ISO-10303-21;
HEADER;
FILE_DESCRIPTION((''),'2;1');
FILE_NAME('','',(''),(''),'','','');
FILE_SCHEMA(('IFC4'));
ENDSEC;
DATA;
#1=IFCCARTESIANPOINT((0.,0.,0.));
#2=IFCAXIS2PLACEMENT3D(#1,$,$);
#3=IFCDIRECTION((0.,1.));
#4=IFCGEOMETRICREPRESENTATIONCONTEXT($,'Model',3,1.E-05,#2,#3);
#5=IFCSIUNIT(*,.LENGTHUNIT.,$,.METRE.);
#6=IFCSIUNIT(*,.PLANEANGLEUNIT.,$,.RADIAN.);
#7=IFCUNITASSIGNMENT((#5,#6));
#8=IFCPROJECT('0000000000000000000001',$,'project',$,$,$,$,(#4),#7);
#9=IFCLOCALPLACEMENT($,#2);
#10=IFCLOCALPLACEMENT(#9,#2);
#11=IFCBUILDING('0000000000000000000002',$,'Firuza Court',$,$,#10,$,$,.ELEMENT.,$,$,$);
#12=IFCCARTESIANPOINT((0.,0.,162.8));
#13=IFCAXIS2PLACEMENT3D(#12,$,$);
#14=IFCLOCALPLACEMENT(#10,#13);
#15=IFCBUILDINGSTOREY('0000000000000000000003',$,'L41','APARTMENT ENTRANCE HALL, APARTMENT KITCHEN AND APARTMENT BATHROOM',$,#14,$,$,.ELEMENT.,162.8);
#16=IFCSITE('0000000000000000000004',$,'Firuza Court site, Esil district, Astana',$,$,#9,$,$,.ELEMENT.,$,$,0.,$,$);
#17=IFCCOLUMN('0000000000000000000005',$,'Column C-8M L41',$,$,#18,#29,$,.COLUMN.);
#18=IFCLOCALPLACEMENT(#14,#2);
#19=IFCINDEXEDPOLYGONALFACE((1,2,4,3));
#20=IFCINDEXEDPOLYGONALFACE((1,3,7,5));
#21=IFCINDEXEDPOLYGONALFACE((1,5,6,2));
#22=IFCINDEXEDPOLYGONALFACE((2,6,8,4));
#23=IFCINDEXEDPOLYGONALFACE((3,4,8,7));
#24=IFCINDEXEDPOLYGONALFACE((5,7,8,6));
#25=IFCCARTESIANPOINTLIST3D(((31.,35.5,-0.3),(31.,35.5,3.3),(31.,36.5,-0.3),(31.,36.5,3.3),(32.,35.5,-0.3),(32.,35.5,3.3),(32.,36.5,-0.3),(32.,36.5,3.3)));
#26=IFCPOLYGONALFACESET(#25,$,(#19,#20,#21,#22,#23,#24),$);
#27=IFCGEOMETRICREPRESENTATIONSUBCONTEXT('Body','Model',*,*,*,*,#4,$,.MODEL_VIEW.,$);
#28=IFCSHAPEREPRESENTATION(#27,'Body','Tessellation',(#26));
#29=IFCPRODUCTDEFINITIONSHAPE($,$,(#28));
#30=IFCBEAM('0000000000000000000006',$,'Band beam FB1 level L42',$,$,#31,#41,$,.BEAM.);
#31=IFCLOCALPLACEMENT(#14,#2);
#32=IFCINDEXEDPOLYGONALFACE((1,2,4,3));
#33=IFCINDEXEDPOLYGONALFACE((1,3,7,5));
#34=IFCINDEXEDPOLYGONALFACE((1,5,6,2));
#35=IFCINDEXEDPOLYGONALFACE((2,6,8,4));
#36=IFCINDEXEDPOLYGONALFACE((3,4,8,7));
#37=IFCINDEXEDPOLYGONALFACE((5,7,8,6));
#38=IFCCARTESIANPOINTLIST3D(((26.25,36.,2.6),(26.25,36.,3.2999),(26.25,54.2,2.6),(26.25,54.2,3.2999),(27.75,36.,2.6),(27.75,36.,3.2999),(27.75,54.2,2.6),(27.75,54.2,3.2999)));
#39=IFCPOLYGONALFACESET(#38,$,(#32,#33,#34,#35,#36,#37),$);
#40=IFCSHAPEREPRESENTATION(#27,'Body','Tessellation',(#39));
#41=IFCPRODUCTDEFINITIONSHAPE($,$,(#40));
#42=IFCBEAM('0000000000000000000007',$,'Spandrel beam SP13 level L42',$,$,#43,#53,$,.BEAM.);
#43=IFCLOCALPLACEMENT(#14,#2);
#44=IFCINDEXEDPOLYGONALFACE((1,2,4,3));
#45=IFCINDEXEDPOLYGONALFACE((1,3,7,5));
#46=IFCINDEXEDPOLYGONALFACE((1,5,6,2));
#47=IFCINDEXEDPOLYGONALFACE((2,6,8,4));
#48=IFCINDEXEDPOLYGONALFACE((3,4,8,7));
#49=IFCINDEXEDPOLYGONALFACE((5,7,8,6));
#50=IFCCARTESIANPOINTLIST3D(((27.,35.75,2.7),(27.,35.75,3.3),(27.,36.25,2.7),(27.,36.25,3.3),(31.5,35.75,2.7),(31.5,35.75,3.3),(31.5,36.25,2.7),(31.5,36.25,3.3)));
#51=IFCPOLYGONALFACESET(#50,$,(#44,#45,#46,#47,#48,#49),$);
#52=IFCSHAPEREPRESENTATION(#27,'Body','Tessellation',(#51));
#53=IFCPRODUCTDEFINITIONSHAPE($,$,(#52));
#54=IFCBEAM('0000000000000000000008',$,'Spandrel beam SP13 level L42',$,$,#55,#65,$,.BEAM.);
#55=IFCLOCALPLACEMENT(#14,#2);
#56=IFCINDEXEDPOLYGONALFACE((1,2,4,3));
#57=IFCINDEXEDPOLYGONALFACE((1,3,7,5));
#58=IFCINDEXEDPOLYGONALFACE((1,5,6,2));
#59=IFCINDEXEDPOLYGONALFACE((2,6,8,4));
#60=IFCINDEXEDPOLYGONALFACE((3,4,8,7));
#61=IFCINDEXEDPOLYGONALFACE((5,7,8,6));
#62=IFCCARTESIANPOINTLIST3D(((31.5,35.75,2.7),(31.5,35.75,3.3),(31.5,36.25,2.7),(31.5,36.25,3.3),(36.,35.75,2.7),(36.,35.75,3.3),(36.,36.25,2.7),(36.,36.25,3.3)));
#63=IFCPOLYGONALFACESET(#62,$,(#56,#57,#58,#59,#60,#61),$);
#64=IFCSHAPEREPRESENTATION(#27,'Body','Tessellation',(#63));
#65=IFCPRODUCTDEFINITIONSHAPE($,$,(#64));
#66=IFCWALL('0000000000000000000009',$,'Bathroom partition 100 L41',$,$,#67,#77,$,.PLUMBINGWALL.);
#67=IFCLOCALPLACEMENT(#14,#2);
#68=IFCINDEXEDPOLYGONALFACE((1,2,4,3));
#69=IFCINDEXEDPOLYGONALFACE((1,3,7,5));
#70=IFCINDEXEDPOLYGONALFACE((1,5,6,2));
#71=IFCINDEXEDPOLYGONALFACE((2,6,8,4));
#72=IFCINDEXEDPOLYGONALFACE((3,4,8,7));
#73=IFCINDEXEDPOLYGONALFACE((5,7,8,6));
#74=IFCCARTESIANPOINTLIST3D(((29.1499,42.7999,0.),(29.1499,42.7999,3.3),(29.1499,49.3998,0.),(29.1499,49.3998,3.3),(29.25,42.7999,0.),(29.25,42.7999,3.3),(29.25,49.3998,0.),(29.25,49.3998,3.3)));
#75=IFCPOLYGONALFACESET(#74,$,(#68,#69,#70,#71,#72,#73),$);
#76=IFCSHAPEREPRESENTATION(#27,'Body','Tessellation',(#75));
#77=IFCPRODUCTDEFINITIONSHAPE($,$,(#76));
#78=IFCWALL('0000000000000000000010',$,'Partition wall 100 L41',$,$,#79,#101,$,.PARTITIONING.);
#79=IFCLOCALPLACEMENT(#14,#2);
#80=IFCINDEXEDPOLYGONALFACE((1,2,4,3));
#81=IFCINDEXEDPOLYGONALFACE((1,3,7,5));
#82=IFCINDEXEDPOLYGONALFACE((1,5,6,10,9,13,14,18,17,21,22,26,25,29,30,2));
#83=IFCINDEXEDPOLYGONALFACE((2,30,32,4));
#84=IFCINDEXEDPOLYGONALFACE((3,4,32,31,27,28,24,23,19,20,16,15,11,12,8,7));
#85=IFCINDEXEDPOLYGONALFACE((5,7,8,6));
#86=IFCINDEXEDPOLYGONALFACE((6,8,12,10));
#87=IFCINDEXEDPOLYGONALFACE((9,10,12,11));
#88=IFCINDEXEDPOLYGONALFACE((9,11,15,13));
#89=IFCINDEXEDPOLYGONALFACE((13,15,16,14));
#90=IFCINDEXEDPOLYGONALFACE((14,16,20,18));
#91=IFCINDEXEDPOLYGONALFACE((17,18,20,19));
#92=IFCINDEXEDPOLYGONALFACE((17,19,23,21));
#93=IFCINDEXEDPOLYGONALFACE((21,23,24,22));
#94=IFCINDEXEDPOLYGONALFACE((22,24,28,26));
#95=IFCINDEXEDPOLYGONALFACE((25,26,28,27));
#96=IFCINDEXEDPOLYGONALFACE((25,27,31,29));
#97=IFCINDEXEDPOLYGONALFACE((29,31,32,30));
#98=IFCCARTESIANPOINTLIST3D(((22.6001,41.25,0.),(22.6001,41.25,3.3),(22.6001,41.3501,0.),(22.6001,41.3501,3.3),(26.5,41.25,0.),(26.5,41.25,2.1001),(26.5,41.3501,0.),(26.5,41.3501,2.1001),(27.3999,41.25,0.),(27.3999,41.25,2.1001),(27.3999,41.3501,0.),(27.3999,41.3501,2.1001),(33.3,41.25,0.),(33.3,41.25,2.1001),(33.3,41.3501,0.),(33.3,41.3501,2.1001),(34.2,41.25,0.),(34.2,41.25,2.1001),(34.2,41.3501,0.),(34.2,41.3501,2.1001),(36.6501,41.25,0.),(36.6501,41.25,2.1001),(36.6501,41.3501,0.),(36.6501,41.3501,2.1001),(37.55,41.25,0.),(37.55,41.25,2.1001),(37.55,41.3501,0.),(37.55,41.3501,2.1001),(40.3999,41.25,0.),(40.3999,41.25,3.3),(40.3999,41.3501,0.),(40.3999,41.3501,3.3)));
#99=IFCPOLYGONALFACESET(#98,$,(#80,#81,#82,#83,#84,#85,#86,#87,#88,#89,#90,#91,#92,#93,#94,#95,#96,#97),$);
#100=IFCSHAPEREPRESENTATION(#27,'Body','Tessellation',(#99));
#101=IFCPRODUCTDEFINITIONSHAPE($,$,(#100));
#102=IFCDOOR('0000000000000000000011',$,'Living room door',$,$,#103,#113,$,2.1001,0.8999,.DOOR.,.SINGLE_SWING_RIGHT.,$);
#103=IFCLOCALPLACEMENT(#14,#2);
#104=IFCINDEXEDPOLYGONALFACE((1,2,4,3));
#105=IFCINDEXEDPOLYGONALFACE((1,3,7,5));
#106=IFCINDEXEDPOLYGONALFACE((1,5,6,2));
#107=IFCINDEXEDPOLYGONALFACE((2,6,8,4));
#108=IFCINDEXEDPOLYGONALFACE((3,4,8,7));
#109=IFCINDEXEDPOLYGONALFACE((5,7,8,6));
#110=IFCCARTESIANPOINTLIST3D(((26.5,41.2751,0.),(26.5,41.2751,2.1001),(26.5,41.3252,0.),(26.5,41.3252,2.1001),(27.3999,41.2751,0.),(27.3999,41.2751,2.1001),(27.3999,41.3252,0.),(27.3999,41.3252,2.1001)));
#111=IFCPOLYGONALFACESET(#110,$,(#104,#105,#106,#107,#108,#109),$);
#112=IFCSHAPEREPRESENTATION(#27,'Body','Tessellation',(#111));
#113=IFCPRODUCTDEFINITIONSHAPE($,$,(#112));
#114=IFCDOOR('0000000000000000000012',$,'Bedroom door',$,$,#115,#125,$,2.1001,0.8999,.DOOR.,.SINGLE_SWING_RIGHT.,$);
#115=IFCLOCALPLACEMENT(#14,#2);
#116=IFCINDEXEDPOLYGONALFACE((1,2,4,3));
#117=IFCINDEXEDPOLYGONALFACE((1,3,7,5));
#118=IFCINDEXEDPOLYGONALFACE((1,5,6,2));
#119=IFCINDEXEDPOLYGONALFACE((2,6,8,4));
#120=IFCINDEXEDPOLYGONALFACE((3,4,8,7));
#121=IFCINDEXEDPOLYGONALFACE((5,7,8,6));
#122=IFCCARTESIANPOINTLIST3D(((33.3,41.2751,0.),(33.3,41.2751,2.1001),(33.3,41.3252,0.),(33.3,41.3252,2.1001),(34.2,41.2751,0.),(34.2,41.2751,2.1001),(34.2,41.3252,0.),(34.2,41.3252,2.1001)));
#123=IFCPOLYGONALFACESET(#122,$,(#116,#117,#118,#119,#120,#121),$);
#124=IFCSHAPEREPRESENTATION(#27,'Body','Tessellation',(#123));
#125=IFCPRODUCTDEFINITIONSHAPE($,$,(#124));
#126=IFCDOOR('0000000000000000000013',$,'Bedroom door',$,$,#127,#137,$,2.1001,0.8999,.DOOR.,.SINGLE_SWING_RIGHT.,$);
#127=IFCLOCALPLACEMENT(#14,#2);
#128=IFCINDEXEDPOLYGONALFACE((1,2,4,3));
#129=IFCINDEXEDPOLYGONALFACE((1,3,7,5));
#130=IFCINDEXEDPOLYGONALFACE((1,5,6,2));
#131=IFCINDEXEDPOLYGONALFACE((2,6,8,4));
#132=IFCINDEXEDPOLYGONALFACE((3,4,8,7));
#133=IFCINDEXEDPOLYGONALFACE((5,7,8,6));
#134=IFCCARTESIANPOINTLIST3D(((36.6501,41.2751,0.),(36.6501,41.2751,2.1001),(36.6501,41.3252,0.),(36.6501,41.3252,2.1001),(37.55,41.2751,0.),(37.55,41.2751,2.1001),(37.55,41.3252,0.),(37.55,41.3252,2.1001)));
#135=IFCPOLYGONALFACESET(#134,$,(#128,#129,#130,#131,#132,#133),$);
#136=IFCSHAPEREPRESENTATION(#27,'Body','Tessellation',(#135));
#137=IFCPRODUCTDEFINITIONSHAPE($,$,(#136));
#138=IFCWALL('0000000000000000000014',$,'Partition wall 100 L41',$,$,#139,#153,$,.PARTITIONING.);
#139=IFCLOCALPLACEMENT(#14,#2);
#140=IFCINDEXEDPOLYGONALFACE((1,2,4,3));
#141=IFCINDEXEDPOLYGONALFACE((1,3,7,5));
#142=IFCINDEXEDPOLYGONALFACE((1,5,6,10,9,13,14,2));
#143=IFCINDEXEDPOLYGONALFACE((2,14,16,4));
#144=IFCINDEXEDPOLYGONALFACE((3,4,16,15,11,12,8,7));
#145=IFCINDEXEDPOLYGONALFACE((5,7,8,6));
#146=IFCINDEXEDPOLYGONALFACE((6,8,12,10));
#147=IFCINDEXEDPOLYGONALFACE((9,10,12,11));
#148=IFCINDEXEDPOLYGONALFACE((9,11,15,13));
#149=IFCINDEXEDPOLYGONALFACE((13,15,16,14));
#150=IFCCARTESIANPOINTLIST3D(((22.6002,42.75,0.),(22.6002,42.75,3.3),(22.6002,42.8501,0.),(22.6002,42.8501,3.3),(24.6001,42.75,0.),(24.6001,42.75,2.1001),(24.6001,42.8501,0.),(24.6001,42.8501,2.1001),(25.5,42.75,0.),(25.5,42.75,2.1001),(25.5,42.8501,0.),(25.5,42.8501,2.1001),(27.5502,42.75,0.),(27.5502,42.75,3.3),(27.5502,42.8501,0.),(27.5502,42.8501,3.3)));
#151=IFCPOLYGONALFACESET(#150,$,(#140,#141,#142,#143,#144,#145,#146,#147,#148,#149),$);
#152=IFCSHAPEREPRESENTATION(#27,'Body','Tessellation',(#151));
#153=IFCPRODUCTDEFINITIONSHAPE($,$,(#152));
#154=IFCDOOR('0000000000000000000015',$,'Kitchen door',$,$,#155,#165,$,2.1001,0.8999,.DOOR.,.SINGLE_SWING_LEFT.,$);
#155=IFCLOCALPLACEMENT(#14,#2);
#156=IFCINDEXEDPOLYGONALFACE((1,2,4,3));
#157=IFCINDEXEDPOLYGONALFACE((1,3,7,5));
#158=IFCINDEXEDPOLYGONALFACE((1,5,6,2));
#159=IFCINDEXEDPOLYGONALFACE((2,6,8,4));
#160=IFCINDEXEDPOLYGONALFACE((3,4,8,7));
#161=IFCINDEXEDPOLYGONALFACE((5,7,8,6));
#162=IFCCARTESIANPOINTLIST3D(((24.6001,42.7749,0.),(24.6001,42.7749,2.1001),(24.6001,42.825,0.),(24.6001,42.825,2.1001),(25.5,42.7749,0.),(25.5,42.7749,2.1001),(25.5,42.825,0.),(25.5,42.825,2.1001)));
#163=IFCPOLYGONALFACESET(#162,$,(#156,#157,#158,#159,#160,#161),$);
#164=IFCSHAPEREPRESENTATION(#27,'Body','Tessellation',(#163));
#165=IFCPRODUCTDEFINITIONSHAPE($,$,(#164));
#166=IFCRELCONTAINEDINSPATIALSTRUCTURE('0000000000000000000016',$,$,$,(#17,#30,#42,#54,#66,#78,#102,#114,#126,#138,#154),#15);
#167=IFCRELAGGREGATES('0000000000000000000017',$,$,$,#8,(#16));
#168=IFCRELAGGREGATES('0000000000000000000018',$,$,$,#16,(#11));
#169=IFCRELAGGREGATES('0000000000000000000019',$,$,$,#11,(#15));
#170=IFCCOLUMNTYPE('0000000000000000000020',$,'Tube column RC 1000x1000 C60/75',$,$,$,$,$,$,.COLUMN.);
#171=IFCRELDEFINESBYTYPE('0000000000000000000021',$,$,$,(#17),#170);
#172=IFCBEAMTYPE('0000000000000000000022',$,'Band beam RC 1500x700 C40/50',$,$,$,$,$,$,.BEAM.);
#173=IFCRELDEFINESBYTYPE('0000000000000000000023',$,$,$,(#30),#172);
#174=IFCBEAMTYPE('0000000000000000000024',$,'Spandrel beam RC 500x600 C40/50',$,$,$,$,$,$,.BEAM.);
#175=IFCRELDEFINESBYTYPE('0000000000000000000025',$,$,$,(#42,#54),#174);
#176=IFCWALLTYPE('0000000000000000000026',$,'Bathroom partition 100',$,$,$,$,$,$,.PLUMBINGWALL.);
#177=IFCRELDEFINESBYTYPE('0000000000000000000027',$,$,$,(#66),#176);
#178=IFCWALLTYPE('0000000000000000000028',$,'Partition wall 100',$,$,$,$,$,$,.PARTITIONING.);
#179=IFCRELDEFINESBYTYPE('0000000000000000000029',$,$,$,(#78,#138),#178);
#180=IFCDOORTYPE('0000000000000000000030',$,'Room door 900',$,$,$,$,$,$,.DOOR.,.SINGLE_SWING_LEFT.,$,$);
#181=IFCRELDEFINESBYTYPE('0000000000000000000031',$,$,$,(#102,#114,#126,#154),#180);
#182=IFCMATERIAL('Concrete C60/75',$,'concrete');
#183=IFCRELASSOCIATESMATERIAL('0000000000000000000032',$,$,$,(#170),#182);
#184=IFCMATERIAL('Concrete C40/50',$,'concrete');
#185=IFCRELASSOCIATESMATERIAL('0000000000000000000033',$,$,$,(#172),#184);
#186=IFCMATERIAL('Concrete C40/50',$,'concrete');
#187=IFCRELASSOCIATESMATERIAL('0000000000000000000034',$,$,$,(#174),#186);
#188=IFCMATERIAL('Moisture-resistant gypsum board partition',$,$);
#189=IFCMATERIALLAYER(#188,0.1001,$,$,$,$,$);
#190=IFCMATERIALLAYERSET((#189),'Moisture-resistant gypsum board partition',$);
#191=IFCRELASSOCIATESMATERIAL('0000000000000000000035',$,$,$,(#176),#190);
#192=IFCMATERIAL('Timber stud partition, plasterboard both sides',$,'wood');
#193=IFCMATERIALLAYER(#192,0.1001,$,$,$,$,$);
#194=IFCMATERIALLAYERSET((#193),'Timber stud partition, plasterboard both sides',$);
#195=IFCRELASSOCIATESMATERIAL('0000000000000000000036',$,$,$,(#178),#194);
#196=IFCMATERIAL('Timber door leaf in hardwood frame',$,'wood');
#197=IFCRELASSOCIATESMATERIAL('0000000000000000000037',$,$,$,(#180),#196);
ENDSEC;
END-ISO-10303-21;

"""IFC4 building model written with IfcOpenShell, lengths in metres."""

from ifc_helpers import new_model, si_unit, direction, frame, frame_2d, origin, origin_2d, place, context, subcontext, project, spatial, rectangle, extrude, material, layer, layer_set, material_profile, profile_set, type_object, element, fill, save


model = new_model("IFC4")

# Units and contexts
model_context = context("Model", 3, precision=1e-05, world=origin(), true_north=direction((0.0, 1.0)))
body_context = subcontext(model_context, "Body", "Model", "MODEL_VIEW")
ifc_project = project(units=[si_unit("LENGTHUNIT", "METRE"), si_unit("PLANEANGLEUNIT", "RADIAN")], contexts=[model_context])

# Site, building, storey
site_placement = place(None, origin())
site = spatial("IfcSite", under=ifc_project, at=site_placement, Name="Firuza Court site, Esil district, Astana", CompositionType="ELEMENT", RefElevation=0.0)
building_placement = place(site_placement, origin())
building = spatial("IfcBuilding", under=site, at=building_placement, Name="Firuza Court", CompositionType="ELEMENT")
storey_placement = place(building_placement, frame((0.0, 0.0, 162.8)))
storey = spatial("IfcBuildingStorey", under=building, at=storey_placement, Name="L41", Description="APARTMENT ENTRANCE HALL, APARTMENT KITCHEN AND APARTMENT BATHROOM", CompositionType="ELEMENT", Elevation=162.8)

# Column
ifc_material_1 = material(Name="Concrete C60/75", Category="concrete")
ifc_material_profile_1 = material_profile(ifc_material_1, rectangle(XDim=1.0, YDim=1.0, at=origin_2d()), Name="RC 1000x1000")
ifc_profile_set_1 = profile_set([ifc_material_profile_1], Name="Concrete C60/75")
column_type = type_object("IfcColumnType", Name="Tube column RC 1000x1000 C60/75", PredefinedType="COLUMN", material=ifc_profile_set_1)
column_placement = place(storey_placement, frame((31.5, 36.0, -0.3), z_axis=(0.0, 0.0, 1.0), x_axis=(1.0, 0.0, 0.0)))
element("IfcColumn", 1, at=column_placement, inside=storey, type_object=column_type, Name="Column C-8M L41", PredefinedType="COLUMN", context=body_context, shape_type="SweptSolid", body=[
    extrude(rectangle(XDim=1.0, YDim=1.0, at=origin_2d()), origin(), (0.0, 0.0, 1.0), 3.6001),
])

# Beams
ifc_material_2 = material(Name="Concrete C40/50", Category="concrete")
ifc_material_profile_2 = material_profile(ifc_material_2, rectangle(XDim=1.5, YDim=0.7, at=origin_2d()), Name="RC 1500x700")
ifc_profile_set_2 = profile_set([ifc_material_profile_2], Name="Concrete C40/50")
beam_type_1 = type_object("IfcBeamType", Name="Band beam RC 1500x700 C40/50", PredefinedType="BEAM", material=ifc_profile_set_2)
beam_placement = place(storey_placement, frame((27.0, 36.0, 2.95), z_axis=(0.0, 1.0, 0.0), x_axis=(-1.0, 0.0, 0.0)))
element("IfcBeam", 2, at=beam_placement, inside=storey, type_object=beam_type_1, Name="Band beam FB1 level L42", PredefinedType="BEAM", context=body_context, shape_type="SweptSolid", body=[
    extrude(rectangle(XDim=1.5, YDim=0.7, at=origin_2d()), origin(), (0.0, 0.0, 1.0), 18.2),
])
ifc_material_3 = material(Name="Concrete C40/50", Category="concrete")
ifc_material_profile_3 = material_profile(ifc_material_3, rectangle(XDim=0.5, YDim=0.6001, at=origin_2d()), Name="RC 500x600")
ifc_profile_set_3 = profile_set([ifc_material_profile_3], Name="Concrete C40/50")
beam_type_2 = type_object("IfcBeamType", Name="Spandrel beam RC 500x600 C40/50", PredefinedType="BEAM", material=ifc_profile_set_3)
for number, where, z_axis, x_axis, name in (
    (3, (27.0, 36.0, 3.0), (1.0, 0.0, 0.0), (0.0, 1.0, 0.0), "Spandrel beam SP13 level L42"),
    (4, (31.5, 36.0, 3.0), (1.0, 0.0, 0.0), (0.0, 1.0, 0.0), "Spandrel beam SP13 level L42"),
):
    element("IfcBeam", number, at=place(storey_placement, frame(where, z_axis=z_axis, x_axis=x_axis)), inside=storey, type_object=beam_type_2, Name=name, PredefinedType="BEAM", context=body_context, shape_type="SweptSolid", body=[
        extrude(rectangle(XDim=0.5, YDim=0.6001, at=origin_2d()), origin(), (0.0, 0.0, 1.0), 4.5),
    ])

# Wall
ifc_material_4 = material(Name="Moisture-resistant gypsum board partition")
ifc_layer_1 = layer(ifc_material_4, 0.1001)
ifc_layer_set_1 = layer_set([ifc_layer_1], Name="Moisture-resistant gypsum board partition")
wall_type_1 = type_object("IfcWallType", Name="Bathroom partition 100", PredefinedType="PLUMBINGWALL", material=ifc_layer_set_1)
wall_1_placement = place(storey_placement, frame((29.2, 42.8, 0.0), z_axis=(0.0, 0.0, 1.0), x_axis=(0.0, 1.0, 0.0)))
element("IfcWall", 5, at=wall_1_placement, inside=storey, type_object=wall_type_1, Name="Bathroom partition 100 L41", PredefinedType="PLUMBINGWALL", context=body_context, shape_type="SweptSolid", body=[
    extrude(rectangle(XDim=6.5999, YDim=0.1001, at=frame_2d((3.2998, 0.0))), origin(), (0.0, 0.0, 1.0), 3.3),
])

# Wall, openings, doors
ifc_material_5 = material(Name="Timber stud partition, plasterboard both sides", Category="wood")
ifc_layer_2 = layer(ifc_material_5, 0.1001)
ifc_layer_set_2 = layer_set([ifc_layer_2], Name="Timber stud partition, plasterboard both sides")
wall_type_2 = type_object("IfcWallType", Name="Partition wall 100", PredefinedType="PARTITIONING", material=ifc_layer_set_2)
wall_2_placement = place(storey_placement, frame((22.6001, 41.3, 0.0), z_axis=(0.0, 0.0, 1.0), x_axis=(1.0, 0.0, 0.0)))
wall_2 = element("IfcWall", 6, at=wall_2_placement, inside=storey, type_object=wall_type_2, Name="Partition wall 100 L41", PredefinedType="PARTITIONING", context=body_context, shape_type="SweptSolid", body=[
    extrude(rectangle(XDim=17.7998, YDim=0.1001, at=frame_2d((8.8999, 0.0))), origin(), (0.0, 0.0, 1.0), 3.3),
])
opening_1_placement = place(wall_2_placement, frame((3.8999, 0.0, 0.0)))
opening_1 = element("IfcOpeningElement", 7, at=opening_1_placement, cuts=wall_2, PredefinedType="OPENING", context=body_context, shape_type="SweptSolid", body=[
    extrude(rectangle(XDim=0.8999, YDim=2.1001, at=frame_2d((0.45, 1.05))), frame((0.0, 0.062, 0.0), z_axis=(0.0, -1.0, 0.0), x_axis=(1.0, 0.0, 0.0)), (0.0, 0.0, 1.0), 0.124),
])
opening_2_placement = place(wall_2_placement, frame((10.7, 0.0, 0.0)))
opening_2 = element("IfcOpeningElement", 8, at=opening_2_placement, cuts=wall_2, PredefinedType="OPENING", context=body_context, shape_type="SweptSolid", body=[
    extrude(rectangle(XDim=0.8999, YDim=2.1001, at=frame_2d((0.45, 1.05))), frame((0.0, 0.062, 0.0), z_axis=(0.0, -1.0, 0.0), x_axis=(1.0, 0.0, 0.0)), (0.0, 0.0, 1.0), 0.124),
])
opening_3_placement = place(wall_2_placement, frame((14.05, 0.0, 0.0)))
opening_3 = element("IfcOpeningElement", 9, at=opening_3_placement, cuts=wall_2, PredefinedType="OPENING", context=body_context, shape_type="SweptSolid", body=[
    extrude(rectangle(XDim=0.8999, YDim=2.1001, at=frame_2d((0.45, 1.05))), frame((0.0, 0.062, 0.0), z_axis=(0.0, -1.0, 0.0), x_axis=(1.0, 0.0, 0.0)), (0.0, 0.0, 1.0), 0.124),
])
ifc_material_6 = material(Name="Timber door leaf in hardwood frame", Category="wood")
door_type_1 = type_object("IfcDoorType", Name="Room door 900", OperationType="SINGLE_SWING_LEFT", PredefinedType="DOOR", material=ifc_material_6)
door_1_placement = place(opening_1_placement, frame((0.8999, 0.0, 0.0), z_axis=(0.0, 0.0, 1.0), x_axis=(-1.0, 0.0, 0.0)))
door_1 = element("IfcDoor", 10, at=door_1_placement, inside=storey, type_object=door_type_1, Name="Living room door", OperationType="SINGLE_SWING_RIGHT", OverallHeight=2.1001, OverallWidth=0.8999, PredefinedType="DOOR", context=body_context, shape_type="SweptSolid", body=[
    extrude(rectangle(XDim=0.8999, YDim=2.1001, at=frame_2d((0.45, 1.05))), frame((0.0, 0.0249, 0.0), z_axis=(0.0, -1.0, 0.0), x_axis=(1.0, 0.0, 0.0)), (0.0, 0.0, 1.0), 0.05),
])
fill(opening_1, door_1)
door_2_placement = place(opening_2_placement, frame((0.8999, 0.0, 0.0), z_axis=(0.0, 0.0, 1.0), x_axis=(-1.0, 0.0, 0.0)))
door_2 = element("IfcDoor", 11, at=door_2_placement, inside=storey, type_object=door_type_1, Name="Bedroom door", OperationType="SINGLE_SWING_RIGHT", OverallHeight=2.1001, OverallWidth=0.8999, PredefinedType="DOOR", context=body_context, shape_type="SweptSolid", body=[
    extrude(rectangle(XDim=0.8999, YDim=2.1001, at=frame_2d((0.45, 1.05))), frame((0.0, 0.0249, 0.0), z_axis=(0.0, -1.0, 0.0), x_axis=(1.0, 0.0, 0.0)), (0.0, 0.0, 1.0), 0.05),
])
fill(opening_2, door_2)
door_3_placement = place(opening_3_placement, frame((0.8999, 0.0, 0.0), z_axis=(0.0, 0.0, 1.0), x_axis=(-1.0, 0.0, 0.0)))
door_3 = element("IfcDoor", 12, at=door_3_placement, inside=storey, type_object=door_type_1, Name="Bedroom door", OperationType="SINGLE_SWING_RIGHT", OverallHeight=2.1001, OverallWidth=0.8999, PredefinedType="DOOR", context=body_context, shape_type="SweptSolid", body=[
    extrude(rectangle(XDim=0.8999, YDim=2.1001, at=frame_2d((0.45, 1.05))), frame((0.0, 0.0249, 0.0), z_axis=(0.0, -1.0, 0.0), x_axis=(1.0, 0.0, 0.0)), (0.0, 0.0, 1.0), 0.05),
])
fill(opening_3, door_3)

# Wall, opening, door
wall_3_placement = place(storey_placement, frame((22.6001, 42.8, 0.0), z_axis=(0.0, 0.0, 1.0), x_axis=(1.0, 0.0, 0.0)))
wall_3 = element("IfcWall", 13, at=wall_3_placement, inside=storey, type_object=wall_type_2, Name="Partition wall 100 L41", PredefinedType="PARTITIONING", context=body_context, shape_type="SweptSolid", body=[
    extrude(rectangle(XDim=4.95, YDim=0.1001, at=frame_2d((2.4751, 0.0))), origin(), (0.0, 0.0, 1.0), 3.3),
])
opening_4_placement = place(wall_3_placement, frame((2.0, 0.0, 0.0)))
opening_4 = element("IfcOpeningElement", 14, at=opening_4_placement, cuts=wall_3, PredefinedType="OPENING", context=body_context, shape_type="SweptSolid", body=[
    extrude(rectangle(XDim=0.8999, YDim=2.1001, at=frame_2d((0.45, 1.05))), frame((0.0, 0.062, 0.0), z_axis=(0.0, -1.0, 0.0), x_axis=(1.0, 0.0, 0.0)), (0.0, 0.0, 1.0), 0.124),
])
door_4_placement = place(opening_4_placement, origin())
door_4 = element("IfcDoor", 15, at=door_4_placement, inside=storey, type_object=door_type_1, Name="Kitchen door", OperationType="SINGLE_SWING_LEFT", OverallHeight=2.1001, OverallWidth=0.8999, PredefinedType="DOOR", context=body_context, shape_type="SweptSolid", body=[
    extrude(rectangle(XDim=0.8999, YDim=2.1001, at=frame_2d((0.45, 1.05))), frame((0.0, 0.0249, 0.0), z_axis=(0.0, -1.0, 0.0), x_axis=(1.0, 0.0, 0.0)), (0.0, 0.0, 1.0), 0.05),
])
fill(opening_4, door_4)

save(model, "model.ifc")
